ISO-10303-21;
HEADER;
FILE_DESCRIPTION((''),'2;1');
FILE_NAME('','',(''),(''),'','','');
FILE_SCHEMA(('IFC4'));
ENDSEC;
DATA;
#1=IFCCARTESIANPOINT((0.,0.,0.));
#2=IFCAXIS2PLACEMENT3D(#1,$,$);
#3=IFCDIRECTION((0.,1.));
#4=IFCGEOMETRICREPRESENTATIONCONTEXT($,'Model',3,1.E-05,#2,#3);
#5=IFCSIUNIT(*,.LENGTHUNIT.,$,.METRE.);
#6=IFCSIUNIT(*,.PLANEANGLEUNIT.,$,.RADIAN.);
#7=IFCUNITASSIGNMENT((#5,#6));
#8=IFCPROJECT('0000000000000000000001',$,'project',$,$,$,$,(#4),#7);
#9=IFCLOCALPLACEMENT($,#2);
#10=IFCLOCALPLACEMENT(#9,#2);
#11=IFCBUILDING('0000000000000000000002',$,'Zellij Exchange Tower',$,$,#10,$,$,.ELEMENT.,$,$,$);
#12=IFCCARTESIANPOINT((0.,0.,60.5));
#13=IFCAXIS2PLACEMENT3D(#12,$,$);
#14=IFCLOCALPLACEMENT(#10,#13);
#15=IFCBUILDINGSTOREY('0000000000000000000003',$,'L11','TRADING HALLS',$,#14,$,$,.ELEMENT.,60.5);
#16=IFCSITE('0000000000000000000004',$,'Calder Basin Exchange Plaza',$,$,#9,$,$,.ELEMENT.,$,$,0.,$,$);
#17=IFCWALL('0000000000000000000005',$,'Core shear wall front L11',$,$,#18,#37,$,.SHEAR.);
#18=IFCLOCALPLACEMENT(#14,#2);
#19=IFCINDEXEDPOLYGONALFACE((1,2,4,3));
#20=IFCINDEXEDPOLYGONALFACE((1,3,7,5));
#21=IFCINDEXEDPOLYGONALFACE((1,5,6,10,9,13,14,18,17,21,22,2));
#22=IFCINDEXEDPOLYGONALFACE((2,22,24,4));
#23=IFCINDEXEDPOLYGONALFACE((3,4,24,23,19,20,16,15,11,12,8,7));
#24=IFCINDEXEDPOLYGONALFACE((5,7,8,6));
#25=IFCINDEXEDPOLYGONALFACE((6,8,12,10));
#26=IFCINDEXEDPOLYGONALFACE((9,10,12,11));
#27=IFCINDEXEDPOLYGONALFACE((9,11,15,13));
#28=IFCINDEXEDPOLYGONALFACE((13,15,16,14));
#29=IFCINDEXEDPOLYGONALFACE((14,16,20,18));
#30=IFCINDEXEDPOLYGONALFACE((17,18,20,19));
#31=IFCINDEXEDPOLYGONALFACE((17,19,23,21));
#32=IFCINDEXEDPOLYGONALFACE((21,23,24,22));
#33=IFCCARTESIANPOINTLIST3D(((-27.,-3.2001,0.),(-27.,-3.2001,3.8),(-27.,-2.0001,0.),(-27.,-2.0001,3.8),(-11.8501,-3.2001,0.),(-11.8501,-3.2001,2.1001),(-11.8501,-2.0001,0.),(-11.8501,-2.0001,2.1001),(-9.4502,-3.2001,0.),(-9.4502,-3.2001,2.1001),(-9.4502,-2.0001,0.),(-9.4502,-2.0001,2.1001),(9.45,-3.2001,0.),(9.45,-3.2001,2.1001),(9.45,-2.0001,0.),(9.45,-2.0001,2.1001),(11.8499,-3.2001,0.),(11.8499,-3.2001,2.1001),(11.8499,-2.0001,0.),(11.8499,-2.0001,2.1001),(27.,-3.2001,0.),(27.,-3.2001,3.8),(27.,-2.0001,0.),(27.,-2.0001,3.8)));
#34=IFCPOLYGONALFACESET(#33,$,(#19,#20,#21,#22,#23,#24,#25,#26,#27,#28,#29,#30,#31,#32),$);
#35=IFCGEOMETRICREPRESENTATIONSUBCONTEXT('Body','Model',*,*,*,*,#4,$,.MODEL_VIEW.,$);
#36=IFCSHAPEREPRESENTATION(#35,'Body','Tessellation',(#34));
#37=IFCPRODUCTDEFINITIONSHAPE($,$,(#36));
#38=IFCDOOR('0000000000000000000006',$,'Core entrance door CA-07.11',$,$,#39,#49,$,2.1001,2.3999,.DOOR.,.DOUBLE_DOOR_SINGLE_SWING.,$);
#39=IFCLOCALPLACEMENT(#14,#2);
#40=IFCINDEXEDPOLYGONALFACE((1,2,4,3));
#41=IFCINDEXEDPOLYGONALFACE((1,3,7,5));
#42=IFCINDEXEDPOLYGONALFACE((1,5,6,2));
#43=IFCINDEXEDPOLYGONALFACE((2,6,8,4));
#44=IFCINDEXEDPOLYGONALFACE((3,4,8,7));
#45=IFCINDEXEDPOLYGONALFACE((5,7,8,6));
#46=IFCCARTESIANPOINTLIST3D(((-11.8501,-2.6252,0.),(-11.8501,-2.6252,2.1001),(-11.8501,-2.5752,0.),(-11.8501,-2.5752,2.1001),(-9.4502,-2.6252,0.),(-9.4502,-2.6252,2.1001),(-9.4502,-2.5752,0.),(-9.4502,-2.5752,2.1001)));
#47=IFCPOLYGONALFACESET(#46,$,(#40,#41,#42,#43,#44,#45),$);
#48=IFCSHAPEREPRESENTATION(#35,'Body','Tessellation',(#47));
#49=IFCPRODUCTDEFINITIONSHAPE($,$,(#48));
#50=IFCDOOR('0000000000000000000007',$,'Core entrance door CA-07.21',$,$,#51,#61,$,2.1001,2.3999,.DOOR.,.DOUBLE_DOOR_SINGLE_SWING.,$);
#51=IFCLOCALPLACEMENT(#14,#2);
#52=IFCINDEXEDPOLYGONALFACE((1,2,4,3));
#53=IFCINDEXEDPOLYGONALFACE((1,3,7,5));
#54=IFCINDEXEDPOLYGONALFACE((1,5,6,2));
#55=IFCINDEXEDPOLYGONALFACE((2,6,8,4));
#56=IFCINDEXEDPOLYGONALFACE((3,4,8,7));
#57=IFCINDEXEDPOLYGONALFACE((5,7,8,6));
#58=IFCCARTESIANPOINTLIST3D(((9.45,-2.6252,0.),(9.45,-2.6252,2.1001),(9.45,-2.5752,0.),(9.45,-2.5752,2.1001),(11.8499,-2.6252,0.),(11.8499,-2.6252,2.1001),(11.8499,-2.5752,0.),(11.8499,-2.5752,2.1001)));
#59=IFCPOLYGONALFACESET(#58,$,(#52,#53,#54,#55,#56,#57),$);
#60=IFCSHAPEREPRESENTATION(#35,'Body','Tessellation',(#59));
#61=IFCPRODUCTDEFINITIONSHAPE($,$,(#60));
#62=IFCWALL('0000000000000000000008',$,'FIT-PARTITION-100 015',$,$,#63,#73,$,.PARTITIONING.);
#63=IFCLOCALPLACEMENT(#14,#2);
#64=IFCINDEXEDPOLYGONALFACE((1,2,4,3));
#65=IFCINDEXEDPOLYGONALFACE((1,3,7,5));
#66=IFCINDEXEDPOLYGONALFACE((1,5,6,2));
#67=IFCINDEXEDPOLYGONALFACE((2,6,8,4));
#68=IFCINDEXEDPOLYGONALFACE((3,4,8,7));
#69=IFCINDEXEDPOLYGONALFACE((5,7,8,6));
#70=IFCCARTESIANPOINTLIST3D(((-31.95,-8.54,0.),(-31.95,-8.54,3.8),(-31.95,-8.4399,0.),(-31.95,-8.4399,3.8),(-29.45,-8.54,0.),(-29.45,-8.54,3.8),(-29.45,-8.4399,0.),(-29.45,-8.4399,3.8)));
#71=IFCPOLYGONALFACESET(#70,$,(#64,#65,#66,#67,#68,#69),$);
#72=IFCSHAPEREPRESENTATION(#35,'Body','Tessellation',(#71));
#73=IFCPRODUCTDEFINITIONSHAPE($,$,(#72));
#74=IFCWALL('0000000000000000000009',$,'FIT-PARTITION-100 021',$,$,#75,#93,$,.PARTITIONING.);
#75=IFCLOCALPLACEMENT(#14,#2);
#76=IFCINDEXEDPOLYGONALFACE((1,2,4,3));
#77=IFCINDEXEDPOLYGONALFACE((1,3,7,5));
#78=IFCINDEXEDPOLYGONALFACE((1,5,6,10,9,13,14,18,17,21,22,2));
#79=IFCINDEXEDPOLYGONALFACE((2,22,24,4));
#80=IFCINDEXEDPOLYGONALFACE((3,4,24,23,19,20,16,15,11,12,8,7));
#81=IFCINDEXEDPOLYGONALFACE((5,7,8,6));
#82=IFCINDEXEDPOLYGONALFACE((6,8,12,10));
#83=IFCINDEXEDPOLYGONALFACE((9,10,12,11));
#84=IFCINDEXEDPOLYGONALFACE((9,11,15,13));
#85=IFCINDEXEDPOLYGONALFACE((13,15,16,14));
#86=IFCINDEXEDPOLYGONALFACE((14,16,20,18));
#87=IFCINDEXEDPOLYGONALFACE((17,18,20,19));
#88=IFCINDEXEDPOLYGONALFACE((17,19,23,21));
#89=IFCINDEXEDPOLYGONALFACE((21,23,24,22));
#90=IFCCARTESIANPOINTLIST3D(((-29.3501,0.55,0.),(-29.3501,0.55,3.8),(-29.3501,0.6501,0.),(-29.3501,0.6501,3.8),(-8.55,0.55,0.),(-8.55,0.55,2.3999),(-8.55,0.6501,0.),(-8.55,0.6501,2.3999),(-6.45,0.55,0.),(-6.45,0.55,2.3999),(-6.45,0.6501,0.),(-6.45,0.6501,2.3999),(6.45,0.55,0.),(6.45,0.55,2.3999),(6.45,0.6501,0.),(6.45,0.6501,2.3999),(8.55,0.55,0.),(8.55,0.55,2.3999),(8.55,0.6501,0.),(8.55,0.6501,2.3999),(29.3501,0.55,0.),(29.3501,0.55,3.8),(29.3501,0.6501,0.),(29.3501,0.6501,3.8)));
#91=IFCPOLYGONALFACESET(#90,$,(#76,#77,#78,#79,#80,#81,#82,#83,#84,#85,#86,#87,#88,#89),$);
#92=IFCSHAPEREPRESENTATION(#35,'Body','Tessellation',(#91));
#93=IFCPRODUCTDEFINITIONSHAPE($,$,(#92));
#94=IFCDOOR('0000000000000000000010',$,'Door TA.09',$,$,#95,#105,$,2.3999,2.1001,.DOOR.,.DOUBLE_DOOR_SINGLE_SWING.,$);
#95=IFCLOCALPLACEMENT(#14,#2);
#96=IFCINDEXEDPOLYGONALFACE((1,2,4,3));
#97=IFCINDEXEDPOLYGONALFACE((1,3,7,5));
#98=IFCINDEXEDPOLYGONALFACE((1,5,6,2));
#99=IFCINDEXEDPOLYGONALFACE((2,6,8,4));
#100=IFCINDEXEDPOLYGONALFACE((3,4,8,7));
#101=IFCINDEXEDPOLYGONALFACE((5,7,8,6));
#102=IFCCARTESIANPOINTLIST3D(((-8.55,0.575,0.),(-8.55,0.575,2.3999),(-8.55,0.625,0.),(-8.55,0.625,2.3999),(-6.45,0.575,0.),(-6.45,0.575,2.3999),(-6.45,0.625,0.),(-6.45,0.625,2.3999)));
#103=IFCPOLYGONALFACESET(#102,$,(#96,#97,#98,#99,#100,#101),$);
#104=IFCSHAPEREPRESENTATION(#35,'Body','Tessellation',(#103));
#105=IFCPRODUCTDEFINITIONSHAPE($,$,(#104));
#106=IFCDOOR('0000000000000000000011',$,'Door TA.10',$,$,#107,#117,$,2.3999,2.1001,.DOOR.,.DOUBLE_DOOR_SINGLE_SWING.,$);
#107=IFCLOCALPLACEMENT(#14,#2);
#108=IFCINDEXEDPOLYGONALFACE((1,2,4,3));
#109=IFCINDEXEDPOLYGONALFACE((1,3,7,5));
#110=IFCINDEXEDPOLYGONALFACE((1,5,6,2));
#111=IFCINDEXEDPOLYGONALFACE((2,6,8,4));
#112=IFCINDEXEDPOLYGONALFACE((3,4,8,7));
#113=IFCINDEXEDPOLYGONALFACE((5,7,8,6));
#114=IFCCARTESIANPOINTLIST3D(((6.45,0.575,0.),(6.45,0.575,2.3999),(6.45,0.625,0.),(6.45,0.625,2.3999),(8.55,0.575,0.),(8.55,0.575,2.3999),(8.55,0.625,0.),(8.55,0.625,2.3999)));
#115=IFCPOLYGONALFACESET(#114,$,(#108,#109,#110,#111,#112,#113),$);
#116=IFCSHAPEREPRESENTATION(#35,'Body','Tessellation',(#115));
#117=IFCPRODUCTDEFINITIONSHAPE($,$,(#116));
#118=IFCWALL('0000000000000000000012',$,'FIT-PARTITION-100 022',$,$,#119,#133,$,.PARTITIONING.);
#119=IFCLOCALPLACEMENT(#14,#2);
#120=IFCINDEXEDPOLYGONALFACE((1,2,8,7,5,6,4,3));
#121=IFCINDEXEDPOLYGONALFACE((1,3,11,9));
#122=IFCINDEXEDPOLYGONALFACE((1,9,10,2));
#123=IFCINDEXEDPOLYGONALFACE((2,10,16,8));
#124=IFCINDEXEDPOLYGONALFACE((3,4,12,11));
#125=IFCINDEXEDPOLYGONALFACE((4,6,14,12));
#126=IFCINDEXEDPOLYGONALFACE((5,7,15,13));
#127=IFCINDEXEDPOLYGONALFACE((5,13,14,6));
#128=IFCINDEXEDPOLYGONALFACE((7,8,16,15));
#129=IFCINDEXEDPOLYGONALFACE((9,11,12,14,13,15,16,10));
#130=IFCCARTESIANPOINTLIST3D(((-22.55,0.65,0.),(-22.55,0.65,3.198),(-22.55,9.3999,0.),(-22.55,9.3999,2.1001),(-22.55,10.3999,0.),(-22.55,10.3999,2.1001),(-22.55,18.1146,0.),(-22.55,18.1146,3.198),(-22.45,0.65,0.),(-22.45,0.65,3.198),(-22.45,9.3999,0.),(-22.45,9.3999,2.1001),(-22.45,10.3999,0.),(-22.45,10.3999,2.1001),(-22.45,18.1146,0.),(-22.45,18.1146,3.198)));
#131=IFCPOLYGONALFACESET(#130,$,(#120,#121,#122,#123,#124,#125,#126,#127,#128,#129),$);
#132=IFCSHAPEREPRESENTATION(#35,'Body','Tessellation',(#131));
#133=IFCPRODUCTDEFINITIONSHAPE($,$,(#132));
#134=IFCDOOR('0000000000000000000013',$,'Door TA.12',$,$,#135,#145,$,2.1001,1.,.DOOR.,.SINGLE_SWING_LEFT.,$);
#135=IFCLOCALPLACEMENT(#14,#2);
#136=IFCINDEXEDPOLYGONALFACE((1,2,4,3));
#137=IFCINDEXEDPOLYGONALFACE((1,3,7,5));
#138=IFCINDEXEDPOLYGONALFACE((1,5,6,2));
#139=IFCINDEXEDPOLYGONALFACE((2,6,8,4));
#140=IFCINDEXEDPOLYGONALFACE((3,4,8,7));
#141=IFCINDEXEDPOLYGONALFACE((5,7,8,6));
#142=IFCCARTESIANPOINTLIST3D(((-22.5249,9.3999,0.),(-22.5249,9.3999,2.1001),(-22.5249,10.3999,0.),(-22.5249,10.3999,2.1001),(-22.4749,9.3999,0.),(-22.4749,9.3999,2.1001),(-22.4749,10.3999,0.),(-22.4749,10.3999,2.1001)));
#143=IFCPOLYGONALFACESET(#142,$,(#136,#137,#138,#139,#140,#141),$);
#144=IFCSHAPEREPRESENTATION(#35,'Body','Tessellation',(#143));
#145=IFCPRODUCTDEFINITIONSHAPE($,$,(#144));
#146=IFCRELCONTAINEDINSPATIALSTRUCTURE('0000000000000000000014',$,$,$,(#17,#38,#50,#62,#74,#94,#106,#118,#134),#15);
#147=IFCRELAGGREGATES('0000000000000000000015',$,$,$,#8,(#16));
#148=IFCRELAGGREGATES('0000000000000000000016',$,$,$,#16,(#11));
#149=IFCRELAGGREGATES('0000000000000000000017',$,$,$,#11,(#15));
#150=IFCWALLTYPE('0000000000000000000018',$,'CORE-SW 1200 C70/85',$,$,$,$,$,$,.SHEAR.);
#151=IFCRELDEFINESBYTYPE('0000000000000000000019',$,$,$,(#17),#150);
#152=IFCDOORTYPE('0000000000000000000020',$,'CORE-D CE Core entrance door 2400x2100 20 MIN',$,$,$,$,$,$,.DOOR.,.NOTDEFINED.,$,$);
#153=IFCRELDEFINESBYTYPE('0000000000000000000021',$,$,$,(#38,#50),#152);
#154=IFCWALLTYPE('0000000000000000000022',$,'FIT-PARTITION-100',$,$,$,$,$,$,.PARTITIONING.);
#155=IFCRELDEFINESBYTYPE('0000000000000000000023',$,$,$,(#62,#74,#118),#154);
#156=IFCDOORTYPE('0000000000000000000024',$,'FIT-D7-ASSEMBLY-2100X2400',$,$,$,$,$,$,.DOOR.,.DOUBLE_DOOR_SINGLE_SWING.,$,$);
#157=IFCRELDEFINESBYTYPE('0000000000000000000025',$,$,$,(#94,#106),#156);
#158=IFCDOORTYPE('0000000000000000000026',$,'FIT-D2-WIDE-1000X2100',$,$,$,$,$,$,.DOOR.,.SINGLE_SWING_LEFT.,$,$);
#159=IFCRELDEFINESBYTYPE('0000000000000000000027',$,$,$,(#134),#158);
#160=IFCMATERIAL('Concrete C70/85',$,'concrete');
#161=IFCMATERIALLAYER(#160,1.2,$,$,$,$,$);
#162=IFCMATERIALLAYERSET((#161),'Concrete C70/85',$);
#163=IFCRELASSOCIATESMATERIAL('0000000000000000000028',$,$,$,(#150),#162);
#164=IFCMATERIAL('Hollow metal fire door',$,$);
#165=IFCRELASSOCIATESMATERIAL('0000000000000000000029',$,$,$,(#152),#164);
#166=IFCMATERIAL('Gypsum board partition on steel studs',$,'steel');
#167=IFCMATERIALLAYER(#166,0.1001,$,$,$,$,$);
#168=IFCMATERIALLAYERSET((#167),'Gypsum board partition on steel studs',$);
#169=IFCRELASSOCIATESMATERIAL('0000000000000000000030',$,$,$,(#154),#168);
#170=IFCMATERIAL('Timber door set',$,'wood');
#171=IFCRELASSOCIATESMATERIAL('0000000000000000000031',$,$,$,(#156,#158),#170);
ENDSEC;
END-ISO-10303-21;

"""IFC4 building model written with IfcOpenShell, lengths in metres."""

from ifc_helpers import new_model, si_unit, direction, frame, frame_2d, origin, place, context, subcontext, project, spatial, rectangle, extrude, material, layer, layer_set, type_object, element, fill, save


model = new_model("IFC4")

# Units and contexts
model_context = context("Model", 3, precision=1e-05, world=origin(), true_north=direction((0.0, 1.0)))
body_context = subcontext(model_context, "Body", "Model", "MODEL_VIEW")
ifc_project = project(units=[si_unit("LENGTHUNIT", "METRE"), si_unit("PLANEANGLEUNIT", "RADIAN")], contexts=[model_context])

# Site, building, storey
site_placement = place(None, origin())
site = spatial("IfcSite", under=ifc_project, at=site_placement, Name="Calder Basin Exchange Plaza", CompositionType="ELEMENT", RefElevation=0.0)
building_placement = place(site_placement, origin())
building = spatial("IfcBuilding", under=site, at=building_placement, Name="Zellij Exchange Tower", CompositionType="ELEMENT")
storey_placement = place(building_placement, frame((0.0, 0.0, 60.5)))
storey = spatial("IfcBuildingStorey", under=building, at=storey_placement, Name="L11", Description="TRADING HALLS", CompositionType="ELEMENT", Elevation=60.5)

# Shared definitions
ifc_material_1 = material(Name="Concrete C70/85", Category="concrete")

# Wall, openings, doors
ifc_material_2 = material(Name="Hollow metal fire door")
ifc_layer_1 = layer(ifc_material_1, 1.2)
ifc_layer_set_1 = layer_set([ifc_layer_1], Name="Concrete C70/85")
wall_type_1 = type_object("IfcWallType", Name="CORE-SW 1200 C70/85", PredefinedType="SHEAR", material=ifc_layer_set_1)
wall_1_placement = place(storey_placement, frame((-27.0, -2.6001, 0.0), z_axis=(0.0, 0.0, 1.0), x_axis=(1.0, 0.0, 0.0)))
wall_1 = element("IfcWall", 1, at=wall_1_placement, inside=storey, type_object=wall_type_1, Name="Core shear wall front L11", PredefinedType="SHEAR", context=body_context, shape_type="SweptSolid", body=[
    extrude(rectangle(XDim=54.0, YDim=1.2, at=frame_2d((27.0, 0.0))), origin(), (0.0, 0.0, 1.0), 3.8),
])
opening_1_placement = place(wall_1_placement, frame((15.1499, 0.0, 0.0)))
opening_1 = element("IfcOpeningElement", 2, at=opening_1_placement, cuts=wall_1, PredefinedType="OPENING", context=body_context, shape_type="SweptSolid", body=[
    extrude(rectangle(XDim=2.3999, YDim=2.1001, at=frame_2d((1.2, 1.05))), frame((0.0, 0.6118, 0.0), z_axis=(0.0, -1.0, 0.0), x_axis=(1.0, 0.0, 0.0)), (0.0, 0.0, 1.0), 1.2239),
])
opening_2_placement = place(wall_1_placement, frame((36.45, 0.0, 0.0)))
opening_2 = element("IfcOpeningElement", 3, at=opening_2_placement, cuts=wall_1, PredefinedType="OPENING", context=body_context, shape_type="SweptSolid", body=[
    extrude(rectangle(XDim=2.3999, YDim=2.1001, at=frame_2d((1.2, 1.05))), frame((0.0, 0.6118, 0.0), z_axis=(0.0, -1.0, 0.0), x_axis=(1.0, 0.0, 0.0)), (0.0, 0.0, 1.0), 1.2239),
])
door_type_1 = type_object("IfcDoorType", Name="CORE-D CE Core entrance door 2400x2100 20 MIN", OperationType="NOTDEFINED", PredefinedType="DOOR", material=ifc_material_2)
door_1_placement = place(opening_1_placement, origin())
door_1 = element("IfcDoor", 4, at=door_1_placement, inside=storey, type_object=door_type_1, Name="Core entrance door CA-07.11", OperationType="DOUBLE_DOOR_SINGLE_SWING", OverallHeight=2.1001, OverallWidth=2.3999, PredefinedType="DOOR", context=body_context, shape_type="SweptSolid", body=[
    extrude(rectangle(XDim=2.3999, YDim=2.1001, at=frame_2d((1.2, 1.05))), frame((0.0, 0.0249, 0.0), z_axis=(0.0, -1.0, 0.0), x_axis=(1.0, 0.0, 0.0)), (0.0, 0.0, 1.0), 0.05),
])
fill(opening_1, door_1)
door_2_placement = place(opening_2_placement, origin())
door_2 = element("IfcDoor", 5, at=door_2_placement, inside=storey, type_object=door_type_1, Name="Core entrance door CA-07.21", OperationType="DOUBLE_DOOR_SINGLE_SWING", OverallHeight=2.1001, OverallWidth=2.3999, PredefinedType="DOOR", context=body_context, shape_type="SweptSolid", body=[
    extrude(rectangle(XDim=2.3999, YDim=2.1001, at=frame_2d((1.2, 1.05))), frame((0.0, 0.0249, 0.0), z_axis=(0.0, -1.0, 0.0), x_axis=(1.0, 0.0, 0.0)), (0.0, 0.0, 1.0), 0.05),
])
fill(opening_2, door_2)

# Wall
ifc_material_3 = material(Name="Gypsum board partition on steel studs", Category="steel")
ifc_layer_2 = layer(ifc_material_3, 0.1001)
ifc_layer_set_2 = layer_set([ifc_layer_2], Name="Gypsum board partition on steel studs")
wall_type_2 = type_object("IfcWallType", Name="FIT-PARTITION-100", PredefinedType="PARTITIONING", material=ifc_layer_set_2)
wall_2_placement = place(storey_placement, frame((-31.95, -8.49, 0.0), z_axis=(0.0, 0.0, 1.0), x_axis=(1.0, 0.0, 0.0)))
element("IfcWall", 6, at=wall_2_placement, inside=storey, type_object=wall_type_2, Name="FIT-PARTITION-100 015", PredefinedType="PARTITIONING", context=body_context, shape_type="SweptSolid", body=[
    extrude(rectangle(XDim=2.5, YDim=0.1001, at=frame_2d((1.25, 0.0))), origin(), (0.0, 0.0, 1.0), 3.8),
])

# Wall, openings, doors
wall_3_placement = place(storey_placement, frame((-29.3501, 0.6001, 0.0), z_axis=(0.0, 0.0, 1.0), x_axis=(1.0, 0.0, 0.0)))
wall_3 = element("IfcWall", 7, at=wall_3_placement, inside=storey, type_object=wall_type_2, Name="FIT-PARTITION-100 021", PredefinedType="PARTITIONING", context=body_context, shape_type="SweptSolid", body=[
    extrude(rectangle(XDim=58.7002, YDim=0.1001, at=frame_2d((29.3501, 0.0))), origin(), (0.0, 0.0, 1.0), 3.8),
])
opening_3_placement = place(wall_3_placement, frame((20.8, 0.0, 0.0)))
opening_3 = element("IfcOpeningElement", 8, at=opening_3_placement, cuts=wall_3, PredefinedType="OPENING", context=body_context, shape_type="SweptSolid", body=[
    extrude(rectangle(XDim=2.1001, YDim=2.3999, at=frame_2d((1.05, 1.2))), frame((0.0, 0.062, 0.0), z_axis=(0.0, -1.0, 0.0), x_axis=(1.0, 0.0, 0.0)), (0.0, 0.0, 1.0), 0.124),
])
opening_4_placement = place(wall_3_placement, frame((35.8, 0.0, 0.0)))
opening_4 = element("IfcOpeningElement", 9, at=opening_4_placement, cuts=wall_3, PredefinedType="OPENING", context=body_context, shape_type="SweptSolid", body=[
    extrude(rectangle(XDim=2.1001, YDim=2.3999, at=frame_2d((1.05, 1.2))), frame((0.0, 0.062, 0.0), z_axis=(0.0, -1.0, 0.0), x_axis=(1.0, 0.0, 0.0)), (0.0, 0.0, 1.0), 0.124),
])
ifc_material_4 = material(Name="Timber door set", Category="wood")
door_type_2 = type_object("IfcDoorType", Name="FIT-D7-ASSEMBLY-2100X2400", OperationType="DOUBLE_DOOR_SINGLE_SWING", PredefinedType="DOOR", material=ifc_material_4)
door_3_placement = place(opening_3_placement, origin())
door_3 = element("IfcDoor", 10, at=door_3_placement, inside=storey, type_object=door_type_2, Name="Door TA.09", OperationType="DOUBLE_DOOR_SINGLE_SWING", OverallHeight=2.3999, OverallWidth=2.1001, PredefinedType="DOOR", context=body_context, shape_type="SweptSolid", body=[
    extrude(rectangle(XDim=2.1001, YDim=2.3999, at=frame_2d((1.05, 1.2))), frame((0.0, 0.0249, 0.0), z_axis=(0.0, -1.0, 0.0), x_axis=(1.0, 0.0, 0.0)), (0.0, 0.0, 1.0), 0.05),
])
fill(opening_3, door_3)
door_4_placement = place(opening_4_placement, origin())
door_4 = element("IfcDoor", 11, at=door_4_placement, inside=storey, type_object=door_type_2, Name="Door TA.10", OperationType="DOUBLE_DOOR_SINGLE_SWING", OverallHeight=2.3999, OverallWidth=2.1001, PredefinedType="DOOR", context=body_context, shape_type="SweptSolid", body=[
    extrude(rectangle(XDim=2.1001, YDim=2.3999, at=frame_2d((1.05, 1.2))), frame((0.0, 0.0249, 0.0), z_axis=(0.0, -1.0, 0.0), x_axis=(1.0, 0.0, 0.0)), (0.0, 0.0, 1.0), 0.05),
])
fill(opening_4, door_4)

# Wall, opening, door
wall_4_placement = place(storey_placement, frame((-22.5, 0.6499, 0.0), z_axis=(0.0, 0.0, 1.0), x_axis=(0.0, 1.0, 0.0)))
wall_4 = element("IfcWall", 12, at=wall_4_placement, inside=storey, type_object=wall_type_2, Name="FIT-PARTITION-100 022", PredefinedType="PARTITIONING", context=body_context, shape_type="SweptSolid", body=[
    extrude(rectangle(XDim=17.4646, YDim=0.1001, at=frame_2d((8.7324, 0.0))), origin(), (0.0, 0.0, 1.0), 3.198),
])
opening_5_placement = place(wall_4_placement, frame((8.75, 0.0, 0.0)))
opening_5 = element("IfcOpeningElement", 13, at=opening_5_placement, cuts=wall_4, PredefinedType="OPENING", context=body_context, shape_type="SweptSolid", body=[
    extrude(rectangle(XDim=1.0, YDim=2.1001, at=frame_2d((0.5, 1.05))), frame((0.0, 0.062, 0.0), z_axis=(0.0, -1.0, 0.0), x_axis=(1.0, 0.0, 0.0)), (0.0, 0.0, 1.0), 0.124),
])
door_type_3 = type_object("IfcDoorType", Name="FIT-D2-WIDE-1000X2100", OperationType="SINGLE_SWING_LEFT", PredefinedType="DOOR", material=ifc_material_4)
door_5_placement = place(opening_5_placement, origin())
door_5 = element("IfcDoor", 14, at=door_5_placement, inside=storey, type_object=door_type_3, Name="Door TA.12", OperationType="SINGLE_SWING_LEFT", OverallHeight=2.1001, OverallWidth=1.0, PredefinedType="DOOR", context=body_context, shape_type="SweptSolid", body=[
    extrude(rectangle(XDim=1.0, YDim=2.1001, at=frame_2d((0.5, 1.05))), frame((0.0, 0.0249, 0.0), z_axis=(0.0, -1.0, 0.0), x_axis=(1.0, 0.0, 0.0)), (0.0, 0.0, 1.0), 0.05),
])
fill(opening_5, door_5)

save(model, "model.ifc")
